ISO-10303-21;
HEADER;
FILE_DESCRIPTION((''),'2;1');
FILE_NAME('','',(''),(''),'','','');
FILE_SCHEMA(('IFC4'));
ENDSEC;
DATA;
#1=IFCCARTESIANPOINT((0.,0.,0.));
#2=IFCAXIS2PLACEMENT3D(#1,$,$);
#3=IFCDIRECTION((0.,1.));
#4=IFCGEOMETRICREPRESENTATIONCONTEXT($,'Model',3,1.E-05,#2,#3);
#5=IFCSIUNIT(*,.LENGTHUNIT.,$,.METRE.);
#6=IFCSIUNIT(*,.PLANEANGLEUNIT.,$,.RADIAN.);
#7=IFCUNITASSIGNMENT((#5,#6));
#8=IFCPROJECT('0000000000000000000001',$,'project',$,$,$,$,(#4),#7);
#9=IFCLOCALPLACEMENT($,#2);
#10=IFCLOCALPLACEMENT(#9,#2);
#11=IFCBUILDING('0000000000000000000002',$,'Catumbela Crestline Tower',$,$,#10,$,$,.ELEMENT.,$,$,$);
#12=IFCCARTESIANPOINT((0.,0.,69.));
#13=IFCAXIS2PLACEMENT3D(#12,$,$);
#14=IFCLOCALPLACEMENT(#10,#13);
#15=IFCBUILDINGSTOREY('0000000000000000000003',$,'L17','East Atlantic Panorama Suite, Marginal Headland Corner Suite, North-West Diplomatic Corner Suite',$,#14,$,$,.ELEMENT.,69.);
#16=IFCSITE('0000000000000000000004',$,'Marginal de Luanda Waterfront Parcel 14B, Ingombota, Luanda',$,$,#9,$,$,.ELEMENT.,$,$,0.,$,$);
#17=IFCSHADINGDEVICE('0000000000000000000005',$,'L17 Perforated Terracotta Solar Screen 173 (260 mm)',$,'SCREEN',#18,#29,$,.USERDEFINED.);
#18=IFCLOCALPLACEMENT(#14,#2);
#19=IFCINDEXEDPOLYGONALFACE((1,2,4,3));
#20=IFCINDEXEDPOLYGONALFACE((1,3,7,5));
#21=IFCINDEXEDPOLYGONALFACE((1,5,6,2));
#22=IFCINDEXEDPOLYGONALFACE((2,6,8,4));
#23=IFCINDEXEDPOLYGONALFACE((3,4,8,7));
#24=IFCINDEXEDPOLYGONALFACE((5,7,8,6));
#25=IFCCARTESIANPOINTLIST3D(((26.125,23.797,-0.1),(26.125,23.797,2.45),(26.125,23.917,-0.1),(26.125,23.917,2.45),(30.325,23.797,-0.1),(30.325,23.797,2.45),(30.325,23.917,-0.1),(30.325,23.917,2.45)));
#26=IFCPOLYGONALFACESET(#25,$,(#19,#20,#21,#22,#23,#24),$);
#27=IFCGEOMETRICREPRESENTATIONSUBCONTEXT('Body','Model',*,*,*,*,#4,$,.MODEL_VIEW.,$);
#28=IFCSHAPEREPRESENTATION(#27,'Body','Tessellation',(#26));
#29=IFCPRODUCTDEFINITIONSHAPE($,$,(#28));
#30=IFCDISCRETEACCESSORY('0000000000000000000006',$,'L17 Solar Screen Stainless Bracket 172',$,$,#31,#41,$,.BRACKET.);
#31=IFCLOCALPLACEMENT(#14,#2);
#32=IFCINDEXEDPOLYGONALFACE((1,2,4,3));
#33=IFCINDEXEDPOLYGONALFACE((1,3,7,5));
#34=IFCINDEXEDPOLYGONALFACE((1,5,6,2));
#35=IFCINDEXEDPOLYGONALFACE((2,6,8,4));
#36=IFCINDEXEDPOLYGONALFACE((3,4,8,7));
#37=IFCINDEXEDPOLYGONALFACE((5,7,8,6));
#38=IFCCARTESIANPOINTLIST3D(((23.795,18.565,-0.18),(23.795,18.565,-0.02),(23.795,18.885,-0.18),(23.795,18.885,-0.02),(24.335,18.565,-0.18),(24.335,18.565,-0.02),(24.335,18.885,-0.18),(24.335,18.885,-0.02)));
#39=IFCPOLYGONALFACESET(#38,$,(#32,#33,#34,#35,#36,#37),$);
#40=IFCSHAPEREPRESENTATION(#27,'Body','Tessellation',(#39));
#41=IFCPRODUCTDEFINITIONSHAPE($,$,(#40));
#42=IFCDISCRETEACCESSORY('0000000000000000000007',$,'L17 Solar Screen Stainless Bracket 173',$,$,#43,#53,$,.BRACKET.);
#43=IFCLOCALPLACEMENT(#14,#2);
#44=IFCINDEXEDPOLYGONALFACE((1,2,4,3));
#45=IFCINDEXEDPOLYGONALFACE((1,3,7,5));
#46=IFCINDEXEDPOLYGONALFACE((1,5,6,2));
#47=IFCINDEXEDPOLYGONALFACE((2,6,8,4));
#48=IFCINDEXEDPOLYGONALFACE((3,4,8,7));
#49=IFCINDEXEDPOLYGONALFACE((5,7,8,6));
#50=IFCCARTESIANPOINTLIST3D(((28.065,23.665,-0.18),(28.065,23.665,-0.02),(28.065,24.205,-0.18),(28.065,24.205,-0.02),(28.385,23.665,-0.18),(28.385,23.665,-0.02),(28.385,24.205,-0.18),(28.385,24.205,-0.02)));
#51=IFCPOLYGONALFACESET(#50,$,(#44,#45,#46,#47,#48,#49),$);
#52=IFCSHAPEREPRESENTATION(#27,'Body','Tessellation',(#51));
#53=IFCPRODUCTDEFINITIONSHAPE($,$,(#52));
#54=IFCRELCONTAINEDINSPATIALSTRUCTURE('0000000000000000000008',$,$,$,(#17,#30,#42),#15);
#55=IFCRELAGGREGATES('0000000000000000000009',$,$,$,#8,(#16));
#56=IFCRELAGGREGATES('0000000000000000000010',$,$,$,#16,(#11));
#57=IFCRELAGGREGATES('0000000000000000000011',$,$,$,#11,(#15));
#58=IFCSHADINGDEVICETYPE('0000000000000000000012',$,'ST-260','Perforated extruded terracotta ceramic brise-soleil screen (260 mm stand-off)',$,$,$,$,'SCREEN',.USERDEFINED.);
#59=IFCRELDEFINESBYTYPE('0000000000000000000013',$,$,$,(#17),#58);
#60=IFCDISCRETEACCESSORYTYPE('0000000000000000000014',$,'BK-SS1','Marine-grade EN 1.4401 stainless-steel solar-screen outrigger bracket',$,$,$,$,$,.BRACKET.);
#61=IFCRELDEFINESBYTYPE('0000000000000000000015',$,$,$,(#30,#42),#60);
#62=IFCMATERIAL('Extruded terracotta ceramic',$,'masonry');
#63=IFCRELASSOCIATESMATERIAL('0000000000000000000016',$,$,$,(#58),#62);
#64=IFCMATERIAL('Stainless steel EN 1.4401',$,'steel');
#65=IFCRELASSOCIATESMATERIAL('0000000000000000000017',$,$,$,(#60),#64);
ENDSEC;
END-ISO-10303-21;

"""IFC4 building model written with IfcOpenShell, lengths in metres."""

from ifc_helpers import new_model, si_unit, direction, frame, origin, origin_2d, place, context, subcontext, project, spatial, rectangle, extrude, material, type_object, element, save


model = new_model("IFC4")

# Units and contexts
model_context = context("Model", 3, precision=1e-05, world=origin(), true_north=direction((0.0, 1.0)))
body_context = subcontext(model_context, "Body", "Model", "MODEL_VIEW")
ifc_project = project(units=[si_unit("LENGTHUNIT", "METRE"), si_unit("PLANEANGLEUNIT", "RADIAN")], contexts=[model_context])

# Site, building, storey
site_placement = place(None, origin())
site = spatial("IfcSite", under=ifc_project, at=site_placement, Name="Marginal de Luanda Waterfront Parcel 14B, Ingombota, Luanda", CompositionType="ELEMENT", RefElevation=0.0)
building_placement = place(site_placement, origin())
building = spatial("IfcBuilding", under=site, at=building_placement, Name="Catumbela Crestline Tower", CompositionType="ELEMENT")
storey_placement = place(building_placement, frame((0.0, 0.0, 69.0)))
storey = spatial("IfcBuildingStorey", under=building, at=storey_placement, Name="L17", Description="East Atlantic Panorama Suite, Marginal Headland Corner Suite, North-West Diplomatic Corner Suite", CompositionType="ELEMENT", Elevation=69.0)

# Shared definitions
ifc_material_1 = material(Name="Stainless steel EN 1.4401", Category="steel")

# Shading device
ifc_material_2 = material(Name="Extruded terracotta ceramic", Category="masonry")
shading_device_type = type_object("IfcShadingDeviceType", Name="ST-260", Description="Perforated extruded terracotta ceramic brise-soleil screen (260 mm stand-off)", ElementType="SCREEN", PredefinedType="USERDEFINED", material=ifc_material_2)
for number, where, z_axis, x_axis, name in (
    (1, (28.225, 23.857, -0.1), (0.0, 0.0, 1.0), (1.0, 0.0, 0.0), "L17 Perforated Terracotta Solar Screen 173 (260 mm)"),
):
    element("IfcShadingDevice", number, at=place(storey_placement, frame(where, z_axis=z_axis, x_axis=x_axis)), inside=storey, type_object=shading_device_type, Name=name, ObjectType="SCREEN", PredefinedType="USERDEFINED", context=body_context, shape_type="SweptSolid", body=[
        extrude(rectangle(XDim=4.2, YDim=0.12, at=origin_2d()), origin(), (0.0, 0.0, 1.0), 2.55),
    ])

# Discrete accessories
discrete_accessory_type = type_object("IfcDiscreteAccessoryType", Name="BK-SS1", Description="Marine-grade EN 1.4401 stainless-steel solar-screen outrigger bracket", PredefinedType="BRACKET", material=ifc_material_1)
for number, where, z_axis, x_axis, name in (
    (2, (24.065, 18.725, -0.18), (0.0, 0.0, 1.0), (0.0, 1.0, 0.0), "L17 Solar Screen Stainless Bracket 172"),
    (3, (28.225, 23.935, -0.18), (0.0, 0.0, 1.0), (1.0, 0.0, 0.0), "L17 Solar Screen Stainless Bracket 173"),
):
    element("IfcDiscreteAccessory", number, at=place(storey_placement, frame(where, z_axis=z_axis, x_axis=x_axis)), inside=storey, type_object=discrete_accessory_type, Name=name, PredefinedType="BRACKET", context=body_context, shape_type="SweptSolid", body=[
        extrude(rectangle(XDim=0.32, YDim=0.54, at=origin_2d()), origin(), (0.0, 0.0, 1.0), 0.16),
    ])

save(model, "model.ifc")
